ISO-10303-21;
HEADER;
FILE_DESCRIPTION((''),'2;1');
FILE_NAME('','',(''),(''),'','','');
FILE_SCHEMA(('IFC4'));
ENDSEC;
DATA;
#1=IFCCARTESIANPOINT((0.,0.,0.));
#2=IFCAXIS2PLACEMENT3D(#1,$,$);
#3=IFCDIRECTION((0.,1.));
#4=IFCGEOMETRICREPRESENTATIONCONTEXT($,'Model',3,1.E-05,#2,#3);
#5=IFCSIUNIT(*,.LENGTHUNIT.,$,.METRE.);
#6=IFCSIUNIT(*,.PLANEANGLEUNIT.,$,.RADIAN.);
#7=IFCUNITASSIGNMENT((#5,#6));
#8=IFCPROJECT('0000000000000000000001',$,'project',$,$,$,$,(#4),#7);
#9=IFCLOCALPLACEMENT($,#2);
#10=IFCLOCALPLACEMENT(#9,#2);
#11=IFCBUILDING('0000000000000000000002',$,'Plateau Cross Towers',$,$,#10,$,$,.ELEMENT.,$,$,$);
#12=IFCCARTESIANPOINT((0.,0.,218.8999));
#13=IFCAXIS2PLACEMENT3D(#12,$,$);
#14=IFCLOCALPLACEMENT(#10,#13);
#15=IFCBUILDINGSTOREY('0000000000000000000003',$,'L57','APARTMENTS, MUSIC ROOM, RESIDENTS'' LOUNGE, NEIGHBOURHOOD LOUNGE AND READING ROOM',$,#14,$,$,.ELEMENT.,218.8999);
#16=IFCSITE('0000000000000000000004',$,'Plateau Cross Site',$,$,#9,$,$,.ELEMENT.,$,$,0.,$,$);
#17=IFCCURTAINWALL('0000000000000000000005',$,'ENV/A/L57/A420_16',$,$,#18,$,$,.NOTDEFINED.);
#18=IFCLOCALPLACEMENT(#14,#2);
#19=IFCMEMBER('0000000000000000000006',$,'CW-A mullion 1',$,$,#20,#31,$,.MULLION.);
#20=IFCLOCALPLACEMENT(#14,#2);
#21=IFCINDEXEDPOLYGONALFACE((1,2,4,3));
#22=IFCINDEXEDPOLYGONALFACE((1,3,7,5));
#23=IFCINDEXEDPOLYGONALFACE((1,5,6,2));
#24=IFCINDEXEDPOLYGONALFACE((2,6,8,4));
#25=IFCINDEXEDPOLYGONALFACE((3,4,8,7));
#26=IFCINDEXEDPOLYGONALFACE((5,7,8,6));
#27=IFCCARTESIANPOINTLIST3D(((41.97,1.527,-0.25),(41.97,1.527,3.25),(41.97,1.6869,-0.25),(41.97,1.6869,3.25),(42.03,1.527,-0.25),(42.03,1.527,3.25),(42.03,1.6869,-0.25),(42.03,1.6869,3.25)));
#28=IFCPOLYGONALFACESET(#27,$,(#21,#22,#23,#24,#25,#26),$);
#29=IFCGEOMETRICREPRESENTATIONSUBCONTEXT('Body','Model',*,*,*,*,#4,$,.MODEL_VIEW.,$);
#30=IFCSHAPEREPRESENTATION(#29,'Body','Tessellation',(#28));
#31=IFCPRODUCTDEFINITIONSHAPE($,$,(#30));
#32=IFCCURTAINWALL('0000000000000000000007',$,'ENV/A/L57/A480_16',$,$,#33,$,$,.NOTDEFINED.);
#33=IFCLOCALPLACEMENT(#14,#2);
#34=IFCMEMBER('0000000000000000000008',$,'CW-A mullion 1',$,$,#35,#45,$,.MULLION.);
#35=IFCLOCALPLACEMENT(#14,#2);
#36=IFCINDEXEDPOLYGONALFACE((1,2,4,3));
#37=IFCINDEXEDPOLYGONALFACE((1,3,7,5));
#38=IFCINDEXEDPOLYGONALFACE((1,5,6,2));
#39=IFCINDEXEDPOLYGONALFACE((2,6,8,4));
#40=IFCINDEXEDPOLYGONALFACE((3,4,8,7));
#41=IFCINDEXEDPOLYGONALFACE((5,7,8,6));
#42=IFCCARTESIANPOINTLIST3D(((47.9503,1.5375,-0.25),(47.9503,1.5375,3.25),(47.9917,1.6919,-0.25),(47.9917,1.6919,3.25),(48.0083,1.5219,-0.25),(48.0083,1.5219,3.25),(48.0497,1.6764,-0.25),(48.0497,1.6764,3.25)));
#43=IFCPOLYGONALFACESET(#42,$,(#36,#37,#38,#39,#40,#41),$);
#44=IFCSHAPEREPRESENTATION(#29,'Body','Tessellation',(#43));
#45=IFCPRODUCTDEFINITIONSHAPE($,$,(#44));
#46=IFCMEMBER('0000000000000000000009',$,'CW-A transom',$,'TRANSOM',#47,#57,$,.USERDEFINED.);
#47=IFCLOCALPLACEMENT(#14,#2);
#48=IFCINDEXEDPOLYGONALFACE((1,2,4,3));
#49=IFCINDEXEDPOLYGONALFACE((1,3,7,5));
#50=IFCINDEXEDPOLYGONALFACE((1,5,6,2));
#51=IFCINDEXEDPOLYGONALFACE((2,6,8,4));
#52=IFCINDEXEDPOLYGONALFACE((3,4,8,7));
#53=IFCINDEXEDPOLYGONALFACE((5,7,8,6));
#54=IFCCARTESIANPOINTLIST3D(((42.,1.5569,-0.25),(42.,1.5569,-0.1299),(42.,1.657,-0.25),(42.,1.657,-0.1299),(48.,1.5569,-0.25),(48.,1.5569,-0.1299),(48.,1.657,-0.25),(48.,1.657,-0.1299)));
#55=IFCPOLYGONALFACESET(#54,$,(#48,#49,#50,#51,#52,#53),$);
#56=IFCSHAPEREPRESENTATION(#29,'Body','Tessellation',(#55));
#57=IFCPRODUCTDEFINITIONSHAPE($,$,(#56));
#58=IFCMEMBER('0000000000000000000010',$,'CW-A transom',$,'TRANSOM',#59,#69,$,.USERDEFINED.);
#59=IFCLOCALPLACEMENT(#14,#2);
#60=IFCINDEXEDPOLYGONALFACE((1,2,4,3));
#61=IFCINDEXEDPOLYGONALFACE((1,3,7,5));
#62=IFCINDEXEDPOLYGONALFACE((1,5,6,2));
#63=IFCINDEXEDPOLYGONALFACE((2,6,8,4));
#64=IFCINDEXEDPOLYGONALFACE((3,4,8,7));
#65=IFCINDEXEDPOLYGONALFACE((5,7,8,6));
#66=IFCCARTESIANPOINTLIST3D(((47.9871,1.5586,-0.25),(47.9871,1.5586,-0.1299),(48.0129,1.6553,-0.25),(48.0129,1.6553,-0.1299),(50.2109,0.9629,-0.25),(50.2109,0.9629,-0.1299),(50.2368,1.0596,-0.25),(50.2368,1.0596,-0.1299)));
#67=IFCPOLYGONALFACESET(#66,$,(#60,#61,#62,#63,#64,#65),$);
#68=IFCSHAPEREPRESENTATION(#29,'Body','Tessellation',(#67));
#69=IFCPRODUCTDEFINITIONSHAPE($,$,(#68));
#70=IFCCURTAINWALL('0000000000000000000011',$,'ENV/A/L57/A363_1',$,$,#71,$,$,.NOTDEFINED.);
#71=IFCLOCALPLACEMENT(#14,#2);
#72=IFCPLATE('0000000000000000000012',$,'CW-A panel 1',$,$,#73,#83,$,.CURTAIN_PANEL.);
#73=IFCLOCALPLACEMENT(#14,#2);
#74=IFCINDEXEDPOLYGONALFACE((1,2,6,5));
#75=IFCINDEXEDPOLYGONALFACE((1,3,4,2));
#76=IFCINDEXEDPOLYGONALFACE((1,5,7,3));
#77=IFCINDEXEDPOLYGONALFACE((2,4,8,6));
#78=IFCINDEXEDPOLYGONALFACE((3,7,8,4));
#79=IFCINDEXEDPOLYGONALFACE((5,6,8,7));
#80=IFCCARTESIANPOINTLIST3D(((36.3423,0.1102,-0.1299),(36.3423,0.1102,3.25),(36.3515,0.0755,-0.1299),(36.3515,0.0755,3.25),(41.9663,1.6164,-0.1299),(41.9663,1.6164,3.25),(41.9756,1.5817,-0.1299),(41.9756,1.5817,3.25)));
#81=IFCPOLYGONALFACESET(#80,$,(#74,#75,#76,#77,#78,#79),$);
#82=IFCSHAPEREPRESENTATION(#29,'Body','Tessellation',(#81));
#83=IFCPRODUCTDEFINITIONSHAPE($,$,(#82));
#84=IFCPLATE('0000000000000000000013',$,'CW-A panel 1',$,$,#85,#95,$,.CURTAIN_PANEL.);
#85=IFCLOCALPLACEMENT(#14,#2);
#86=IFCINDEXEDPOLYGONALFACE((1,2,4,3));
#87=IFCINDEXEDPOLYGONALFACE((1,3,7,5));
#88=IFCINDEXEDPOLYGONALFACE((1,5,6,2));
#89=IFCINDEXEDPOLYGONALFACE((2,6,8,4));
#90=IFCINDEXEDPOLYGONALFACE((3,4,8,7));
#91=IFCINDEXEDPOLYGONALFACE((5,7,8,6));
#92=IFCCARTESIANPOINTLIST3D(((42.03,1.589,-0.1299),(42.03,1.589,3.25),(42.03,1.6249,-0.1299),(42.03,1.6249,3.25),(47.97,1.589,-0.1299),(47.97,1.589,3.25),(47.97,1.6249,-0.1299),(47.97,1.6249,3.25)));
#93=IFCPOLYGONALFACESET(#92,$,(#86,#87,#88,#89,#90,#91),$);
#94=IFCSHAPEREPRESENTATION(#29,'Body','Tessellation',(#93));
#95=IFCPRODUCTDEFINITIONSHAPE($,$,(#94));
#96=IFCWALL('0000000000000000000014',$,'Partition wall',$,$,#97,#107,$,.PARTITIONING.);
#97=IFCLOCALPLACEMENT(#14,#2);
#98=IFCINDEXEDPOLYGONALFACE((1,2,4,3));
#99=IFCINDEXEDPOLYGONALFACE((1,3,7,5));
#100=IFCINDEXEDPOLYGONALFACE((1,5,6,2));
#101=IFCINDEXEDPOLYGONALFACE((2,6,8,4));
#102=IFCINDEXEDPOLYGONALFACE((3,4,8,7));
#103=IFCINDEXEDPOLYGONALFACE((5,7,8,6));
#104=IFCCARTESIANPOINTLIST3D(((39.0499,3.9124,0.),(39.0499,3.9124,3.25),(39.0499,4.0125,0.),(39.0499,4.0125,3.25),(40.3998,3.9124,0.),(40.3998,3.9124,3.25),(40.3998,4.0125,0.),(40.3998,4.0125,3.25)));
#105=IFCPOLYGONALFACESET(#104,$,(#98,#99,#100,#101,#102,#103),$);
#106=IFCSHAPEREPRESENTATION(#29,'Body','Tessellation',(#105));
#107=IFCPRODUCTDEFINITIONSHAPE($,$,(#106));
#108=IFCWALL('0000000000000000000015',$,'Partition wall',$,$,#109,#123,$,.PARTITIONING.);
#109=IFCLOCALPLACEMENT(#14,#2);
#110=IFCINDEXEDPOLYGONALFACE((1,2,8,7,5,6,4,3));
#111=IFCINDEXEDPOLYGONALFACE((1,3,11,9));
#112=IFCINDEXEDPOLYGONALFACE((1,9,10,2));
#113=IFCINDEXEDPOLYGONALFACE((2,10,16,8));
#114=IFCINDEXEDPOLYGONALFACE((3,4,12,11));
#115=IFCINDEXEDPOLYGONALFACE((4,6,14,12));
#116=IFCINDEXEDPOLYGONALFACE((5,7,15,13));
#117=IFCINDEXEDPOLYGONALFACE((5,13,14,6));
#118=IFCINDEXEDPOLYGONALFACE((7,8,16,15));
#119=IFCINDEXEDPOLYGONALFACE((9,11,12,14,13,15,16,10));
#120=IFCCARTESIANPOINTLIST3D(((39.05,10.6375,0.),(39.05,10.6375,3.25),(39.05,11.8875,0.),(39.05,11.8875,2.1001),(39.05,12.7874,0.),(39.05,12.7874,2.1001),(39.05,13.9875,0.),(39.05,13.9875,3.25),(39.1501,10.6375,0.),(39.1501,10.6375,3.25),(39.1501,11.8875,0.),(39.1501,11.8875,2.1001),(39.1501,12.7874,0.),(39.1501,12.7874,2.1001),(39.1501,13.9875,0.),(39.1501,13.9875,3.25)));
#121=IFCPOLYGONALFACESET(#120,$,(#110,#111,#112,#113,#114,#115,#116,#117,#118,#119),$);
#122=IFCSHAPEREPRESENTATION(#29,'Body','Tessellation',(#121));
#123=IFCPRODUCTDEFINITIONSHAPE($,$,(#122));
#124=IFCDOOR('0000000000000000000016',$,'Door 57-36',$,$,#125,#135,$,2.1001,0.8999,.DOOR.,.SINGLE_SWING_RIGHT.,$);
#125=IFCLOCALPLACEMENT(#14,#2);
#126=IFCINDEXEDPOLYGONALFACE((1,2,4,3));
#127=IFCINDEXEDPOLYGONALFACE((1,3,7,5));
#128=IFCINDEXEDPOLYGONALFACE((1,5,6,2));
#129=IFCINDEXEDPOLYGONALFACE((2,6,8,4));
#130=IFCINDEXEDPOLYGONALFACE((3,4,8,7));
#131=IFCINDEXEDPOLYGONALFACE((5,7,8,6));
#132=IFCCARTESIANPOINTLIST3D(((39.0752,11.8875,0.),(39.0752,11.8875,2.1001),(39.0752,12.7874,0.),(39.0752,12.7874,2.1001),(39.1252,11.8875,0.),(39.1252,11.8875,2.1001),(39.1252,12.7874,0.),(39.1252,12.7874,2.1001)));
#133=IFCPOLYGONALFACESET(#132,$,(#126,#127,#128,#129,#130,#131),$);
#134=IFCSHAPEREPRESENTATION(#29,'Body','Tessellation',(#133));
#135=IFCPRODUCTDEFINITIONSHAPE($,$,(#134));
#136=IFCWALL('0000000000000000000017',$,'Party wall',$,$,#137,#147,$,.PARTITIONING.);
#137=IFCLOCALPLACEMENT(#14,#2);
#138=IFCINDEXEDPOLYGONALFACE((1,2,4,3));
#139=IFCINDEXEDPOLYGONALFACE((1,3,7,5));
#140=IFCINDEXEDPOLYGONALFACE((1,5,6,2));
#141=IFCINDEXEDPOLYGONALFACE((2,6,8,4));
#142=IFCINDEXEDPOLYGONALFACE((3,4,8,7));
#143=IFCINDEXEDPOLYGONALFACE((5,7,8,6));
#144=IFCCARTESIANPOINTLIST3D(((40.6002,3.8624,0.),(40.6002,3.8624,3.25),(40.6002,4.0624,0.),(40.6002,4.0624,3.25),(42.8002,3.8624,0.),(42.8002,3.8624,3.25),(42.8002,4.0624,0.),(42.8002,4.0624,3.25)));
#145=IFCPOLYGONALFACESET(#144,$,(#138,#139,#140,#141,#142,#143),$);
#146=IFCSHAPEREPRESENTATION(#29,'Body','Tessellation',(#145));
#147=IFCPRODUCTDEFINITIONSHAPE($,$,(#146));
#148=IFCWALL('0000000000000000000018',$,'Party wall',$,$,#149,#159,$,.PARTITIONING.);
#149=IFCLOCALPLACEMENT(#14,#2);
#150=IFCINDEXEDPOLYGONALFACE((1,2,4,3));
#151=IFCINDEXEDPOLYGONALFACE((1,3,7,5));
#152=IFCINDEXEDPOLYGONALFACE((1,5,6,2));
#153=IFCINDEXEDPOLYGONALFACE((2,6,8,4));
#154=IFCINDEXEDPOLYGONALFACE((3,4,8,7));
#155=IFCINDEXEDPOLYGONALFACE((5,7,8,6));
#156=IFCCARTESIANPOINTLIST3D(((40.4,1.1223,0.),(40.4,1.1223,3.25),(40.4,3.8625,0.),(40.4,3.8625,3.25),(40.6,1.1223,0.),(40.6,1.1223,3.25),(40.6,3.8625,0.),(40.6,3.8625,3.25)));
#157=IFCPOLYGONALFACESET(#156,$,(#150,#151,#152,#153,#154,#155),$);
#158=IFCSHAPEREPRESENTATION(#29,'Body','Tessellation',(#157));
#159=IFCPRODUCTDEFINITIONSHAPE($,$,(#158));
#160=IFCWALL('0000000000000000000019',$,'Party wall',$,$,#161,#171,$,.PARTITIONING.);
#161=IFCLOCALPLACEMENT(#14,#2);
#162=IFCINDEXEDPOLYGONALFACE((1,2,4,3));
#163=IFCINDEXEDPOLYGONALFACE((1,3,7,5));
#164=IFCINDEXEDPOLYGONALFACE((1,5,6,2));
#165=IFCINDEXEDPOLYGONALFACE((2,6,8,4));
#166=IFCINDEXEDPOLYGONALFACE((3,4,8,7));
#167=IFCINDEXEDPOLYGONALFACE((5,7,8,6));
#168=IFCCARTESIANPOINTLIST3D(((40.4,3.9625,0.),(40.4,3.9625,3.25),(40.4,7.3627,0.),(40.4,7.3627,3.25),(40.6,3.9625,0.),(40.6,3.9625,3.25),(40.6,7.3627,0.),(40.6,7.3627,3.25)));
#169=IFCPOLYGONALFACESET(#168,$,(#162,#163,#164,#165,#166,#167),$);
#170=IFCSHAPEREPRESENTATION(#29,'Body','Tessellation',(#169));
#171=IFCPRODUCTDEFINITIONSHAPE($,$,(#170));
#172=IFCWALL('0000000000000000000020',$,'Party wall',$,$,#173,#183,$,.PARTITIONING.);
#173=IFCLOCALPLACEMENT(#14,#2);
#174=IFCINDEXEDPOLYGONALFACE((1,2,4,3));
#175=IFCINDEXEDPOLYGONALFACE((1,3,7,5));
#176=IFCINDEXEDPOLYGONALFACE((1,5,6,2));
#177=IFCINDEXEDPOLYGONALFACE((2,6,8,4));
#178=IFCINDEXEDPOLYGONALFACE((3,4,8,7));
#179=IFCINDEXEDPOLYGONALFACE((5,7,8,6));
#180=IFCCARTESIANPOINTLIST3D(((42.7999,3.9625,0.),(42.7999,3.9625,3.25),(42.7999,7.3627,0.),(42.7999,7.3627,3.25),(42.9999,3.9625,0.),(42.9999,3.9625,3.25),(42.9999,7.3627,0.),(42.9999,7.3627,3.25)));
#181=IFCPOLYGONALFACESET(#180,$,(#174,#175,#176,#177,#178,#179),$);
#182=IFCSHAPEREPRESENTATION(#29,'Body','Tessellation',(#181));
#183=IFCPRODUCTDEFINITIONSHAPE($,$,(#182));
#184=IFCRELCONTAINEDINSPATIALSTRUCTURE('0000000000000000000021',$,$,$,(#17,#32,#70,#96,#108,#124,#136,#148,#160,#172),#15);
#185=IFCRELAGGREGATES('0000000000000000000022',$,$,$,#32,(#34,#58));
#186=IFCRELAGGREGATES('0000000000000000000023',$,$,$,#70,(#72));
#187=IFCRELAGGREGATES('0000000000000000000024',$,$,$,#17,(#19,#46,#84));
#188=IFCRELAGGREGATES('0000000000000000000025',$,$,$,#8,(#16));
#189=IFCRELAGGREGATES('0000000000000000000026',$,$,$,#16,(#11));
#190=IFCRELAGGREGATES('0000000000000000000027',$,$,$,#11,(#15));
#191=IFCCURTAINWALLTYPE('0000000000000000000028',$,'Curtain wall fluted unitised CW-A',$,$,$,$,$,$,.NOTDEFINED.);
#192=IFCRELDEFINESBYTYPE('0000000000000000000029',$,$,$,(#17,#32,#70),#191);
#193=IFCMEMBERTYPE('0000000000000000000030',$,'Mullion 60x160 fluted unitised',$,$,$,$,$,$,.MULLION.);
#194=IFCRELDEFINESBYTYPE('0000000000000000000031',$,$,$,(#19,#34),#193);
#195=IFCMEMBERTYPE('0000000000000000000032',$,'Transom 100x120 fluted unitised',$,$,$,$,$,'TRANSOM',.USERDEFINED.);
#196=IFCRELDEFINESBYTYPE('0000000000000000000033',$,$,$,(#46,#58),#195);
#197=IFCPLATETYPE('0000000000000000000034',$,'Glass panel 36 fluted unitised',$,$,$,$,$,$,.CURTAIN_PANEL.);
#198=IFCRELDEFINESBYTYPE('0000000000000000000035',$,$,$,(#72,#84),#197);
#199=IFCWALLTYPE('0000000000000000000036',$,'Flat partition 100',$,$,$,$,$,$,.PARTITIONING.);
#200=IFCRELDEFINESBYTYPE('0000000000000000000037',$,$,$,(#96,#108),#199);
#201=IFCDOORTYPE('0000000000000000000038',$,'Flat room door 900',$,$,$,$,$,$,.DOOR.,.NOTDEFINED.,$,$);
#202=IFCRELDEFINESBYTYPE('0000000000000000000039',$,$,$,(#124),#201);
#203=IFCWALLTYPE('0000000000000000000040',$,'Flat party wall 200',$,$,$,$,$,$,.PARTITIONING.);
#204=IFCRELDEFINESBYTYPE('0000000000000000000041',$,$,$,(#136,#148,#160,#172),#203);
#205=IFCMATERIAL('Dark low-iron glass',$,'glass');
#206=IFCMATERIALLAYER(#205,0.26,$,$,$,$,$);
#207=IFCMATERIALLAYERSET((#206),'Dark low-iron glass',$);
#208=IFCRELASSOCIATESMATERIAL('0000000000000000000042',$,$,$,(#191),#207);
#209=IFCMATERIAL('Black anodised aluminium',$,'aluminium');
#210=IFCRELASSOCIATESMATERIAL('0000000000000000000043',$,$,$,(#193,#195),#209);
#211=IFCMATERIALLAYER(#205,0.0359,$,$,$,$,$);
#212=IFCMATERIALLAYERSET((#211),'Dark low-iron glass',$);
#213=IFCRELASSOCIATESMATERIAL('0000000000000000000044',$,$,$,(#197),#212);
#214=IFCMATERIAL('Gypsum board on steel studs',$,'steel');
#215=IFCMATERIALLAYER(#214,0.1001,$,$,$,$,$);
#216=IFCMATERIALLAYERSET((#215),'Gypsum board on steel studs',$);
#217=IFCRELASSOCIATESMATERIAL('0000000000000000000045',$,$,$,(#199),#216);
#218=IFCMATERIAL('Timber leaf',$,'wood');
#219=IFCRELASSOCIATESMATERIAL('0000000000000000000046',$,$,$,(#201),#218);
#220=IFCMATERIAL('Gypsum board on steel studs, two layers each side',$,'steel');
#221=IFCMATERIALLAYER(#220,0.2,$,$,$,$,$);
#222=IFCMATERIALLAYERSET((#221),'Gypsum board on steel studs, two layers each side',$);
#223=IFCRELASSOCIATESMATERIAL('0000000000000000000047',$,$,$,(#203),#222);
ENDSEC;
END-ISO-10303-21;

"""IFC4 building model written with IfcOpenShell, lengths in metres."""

from ifc_helpers import new_model, si_unit, direction, frame, frame_2d, origin, origin_2d, place, context, subcontext, project, spatial, rectangle, extrude, material, layer, layer_set, material_profile, profile_set, type_object, element, fill, aggregate, save


model = new_model("IFC4")

# Units and contexts
model_context = context("Model", 3, precision=1e-05, world=origin(), true_north=direction((0.0, 1.0)))
body_context = subcontext(model_context, "Body", "Model", "MODEL_VIEW")
ifc_project = project(units=[si_unit("LENGTHUNIT", "METRE"), si_unit("PLANEANGLEUNIT", "RADIAN")], contexts=[model_context])

# Site, building, storey
site_placement = place(None, origin())
site = spatial("IfcSite", under=ifc_project, at=site_placement, Name="Plateau Cross Site", CompositionType="ELEMENT", RefElevation=0.0)
building_placement = place(site_placement, origin())
building = spatial("IfcBuilding", under=site, at=building_placement, Name="Plateau Cross Towers", CompositionType="ELEMENT")
storey_placement = place(building_placement, frame((0.0, 0.0, 218.8999)))
storey = spatial("IfcBuildingStorey", under=building, at=storey_placement, Name="L57", Description="APARTMENTS, MUSIC ROOM, RESIDENTS' LOUNGE, NEIGHBOURHOOD LOUNGE AND READING ROOM", CompositionType="ELEMENT", Elevation=218.8999)

# Curtain walls, members
ifc_material_1 = material(Name="Dark low-iron glass", Category="glass")
ifc_layer_1 = layer(ifc_material_1, 0.26)
ifc_layer_set_1 = layer_set([ifc_layer_1], Name="Dark low-iron glass")
curtain_wall_type = type_object("IfcCurtainWallType", Name="Curtain wall fluted unitised CW-A", PredefinedType="NOTDEFINED", material=ifc_layer_set_1)
curtain_wall_1_placement = place(storey_placement, origin())
curtain_wall_1 = element("IfcCurtainWall", 1, at=curtain_wall_1_placement, inside=storey, type_object=curtain_wall_type, Name="ENV/A/L57/A420_16", PredefinedType="NOTDEFINED")
ifc_material_2 = material(Name="Black anodised aluminium", Category="aluminium")
ifc_material_profile_1 = material_profile(ifc_material_2, rectangle(XDim=0.0601, YDim=0.1599, at=origin_2d()), Name="MULLION 60x160")
ifc_profile_set_1 = profile_set([ifc_material_profile_1], Name="Black anodised aluminium")
member_type_1 = type_object("IfcMemberType", Name="Mullion 60x160 fluted unitised", PredefinedType="MULLION", material=ifc_profile_set_1)
member_1_placement = place(storey_placement, frame((42.0, 1.6069, -0.25), z_axis=(0.0, 0.0, 1.0), x_axis=(1.0, 0.0, 0.0)))
member_1 = element("IfcMember", 2, at=member_1_placement, type_object=member_type_1, Name="CW-A mullion 1", PredefinedType="MULLION", context=body_context, shape_type="SweptSolid", body=[
    extrude(rectangle(XDim=0.0601, YDim=0.1599, at=origin_2d()), origin(), (0.0, 0.0, 1.0), 3.5),
])
curtain_wall_2_placement = place(storey_placement, origin())
curtain_wall_2 = element("IfcCurtainWall", 3, at=curtain_wall_2_placement, inside=storey, type_object=curtain_wall_type, Name="ENV/A/L57/A480_16", PredefinedType="NOTDEFINED")
member_2_placement = place(storey_placement, frame((48.0, 1.6069, -0.25), z_axis=(0.0, 0.0, 1.0), x_axis=(0.965958, -0.258699, 0.0)))
member_2 = element("IfcMember", 4, at=member_2_placement, type_object=member_type_1, Name="CW-A mullion 1", PredefinedType="MULLION", context=body_context, shape_type="SweptSolid", body=[
    extrude(rectangle(XDim=0.0601, YDim=0.1599, at=origin_2d()), origin(), (0.0, 0.0, 1.0), 3.5),
])

# Members
ifc_material_profile_2 = material_profile(ifc_material_2, rectangle(XDim=0.1001, YDim=0.1201, at=origin_2d()), Name="TRANSOM 100x120")
ifc_profile_set_2 = profile_set([ifc_material_profile_2], Name="Black anodised aluminium")
member_type_2 = type_object("IfcMemberType", Name="Transom 100x120 fluted unitised", ElementType="TRANSOM", PredefinedType="USERDEFINED", material=ifc_profile_set_2)
member_3_placement = place(storey_placement, frame((42.0, 1.6069, -0.1899), z_axis=(1.0, 0.0, 0.0), x_axis=(0.0, 1.0, 0.0)))
member_3 = element("IfcMember", 5, at=member_3_placement, type_object=member_type_2, Name="CW-A transom", ObjectType="TRANSOM", PredefinedType="USERDEFINED", context=body_context, shape_type="SweptSolid", body=[
    extrude(rectangle(XDim=0.1001, YDim=0.1201, at=origin_2d()), origin(), (0.0, 0.0, 1.0), 6.0),
])
member_4_placement = place(storey_placement, frame((48.0, 1.6069, -0.1899), z_axis=(0.965946, -0.258745, 0.0), x_axis=(0.258745, 0.965946, 0.0)))
member_4 = element("IfcMember", 6, at=member_4_placement, type_object=member_type_2, Name="CW-A transom", ObjectType="TRANSOM", PredefinedType="USERDEFINED", context=body_context, shape_type="SweptSolid", body=[
    extrude(rectangle(XDim=0.1001, YDim=0.1201, at=origin_2d()), origin(), (0.0, 0.0, 1.0), 2.3022),
])
aggregate(curtain_wall_2, [member_2, member_4])

# Curtain wall, plate
curtain_wall_3_placement = place(storey_placement, origin())
curtain_wall_3 = element("IfcCurtainWall", 7, at=curtain_wall_3_placement, inside=storey, type_object=curtain_wall_type, Name="ENV/A/L57/A363_1", PredefinedType="NOTDEFINED")
ifc_layer_2 = layer(ifc_material_1, 0.0359)
ifc_layer_set_2 = layer_set([ifc_layer_2], Name="Dark low-iron glass")
plate_type = type_object("IfcPlateType", Name="Glass panel 36 fluted unitised", PredefinedType="CURTAIN_PANEL", material=ifc_layer_set_2)
plate_1_placement = place(storey_placement, frame((39.1589, 0.8459, -0.1299), z_axis=(0.0, 0.0, 1.0), x_axis=(0.965958, 0.258699, 0.0)))
plate_1 = element("IfcPlate", 8, at=plate_1_placement, type_object=plate_type, Name="CW-A panel 1", PredefinedType="CURTAIN_PANEL", context=body_context, shape_type="SweptSolid", body=[
    extrude(rectangle(XDim=5.8223, YDim=0.0359, at=origin_2d()), origin(), (0.0, 0.0, 1.0), 3.3799),
])
aggregate(curtain_wall_3, [plate_1])

# Plate
plate_2_placement = place(storey_placement, frame((45.0, 1.6069, -0.1299), z_axis=(0.0, 0.0, 1.0), x_axis=(1.0, 0.0, 0.0)))
plate_2 = element("IfcPlate", 9, at=plate_2_placement, type_object=plate_type, Name="CW-A panel 1", PredefinedType="CURTAIN_PANEL", context=body_context, shape_type="SweptSolid", body=[
    extrude(rectangle(XDim=5.9399, YDim=0.0359, at=origin_2d()), origin(), (0.0, 0.0, 1.0), 3.3799),
])
aggregate(curtain_wall_1, [member_1, member_3, plate_2])

# Wall
ifc_material_3 = material(Name="Gypsum board on steel studs", Category="steel")
ifc_layer_3 = layer(ifc_material_3, 0.1001)
ifc_layer_set_3 = layer_set([ifc_layer_3], Name="Gypsum board on steel studs")
wall_type_1 = type_object("IfcWallType", Name="Flat partition 100", PredefinedType="PARTITIONING", material=ifc_layer_set_3)
wall_1_placement = place(storey_placement, frame((39.05, 3.9624, 0.0), z_axis=(0.0, 0.0, 1.0), x_axis=(1.0, 0.0, 0.0)))
element("IfcWall", 10, at=wall_1_placement, inside=storey, type_object=wall_type_1, Name="Partition wall", PredefinedType="PARTITIONING", context=body_context, shape_type="SweptSolid", body=[
    extrude(rectangle(XDim=1.3499, YDim=0.1001, at=frame_2d((0.6748, 0.0))), origin(), (0.0, 0.0, 1.0), 3.25),
])

# Wall, opening, door
wall_2_placement = place(storey_placement, frame((39.1001, 10.6375, 0.0), z_axis=(0.0, 0.0, 1.0), x_axis=(0.0, 1.0, 0.0)))
wall_2 = element("IfcWall", 11, at=wall_2_placement, inside=storey, type_object=wall_type_1, Name="Partition wall", PredefinedType="PARTITIONING", context=body_context, shape_type="SweptSolid", body=[
    extrude(rectangle(XDim=3.3501, YDim=0.1001, at=frame_2d((1.675, 0.0))), origin(), (0.0, 0.0, 1.0), 3.25),
])
opening_1_placement = place(wall_2_placement, frame((1.25, 0.0, 0.0)))
opening_1 = element("IfcOpeningElement", 12, at=opening_1_placement, cuts=wall_2, PredefinedType="OPENING", context=body_context, shape_type="SweptSolid", body=[
    extrude(rectangle(XDim=0.8999, YDim=2.1001, at=frame_2d((0.45, 1.05))), frame((0.0, 0.0601, 0.0), z_axis=(0.0, -1.0, 0.0), x_axis=(1.0, 0.0, 0.0)), (0.0, 0.0, 1.0), 0.1201),
])
ifc_material_4 = material(Name="Timber leaf", Category="wood")
door_type_1 = type_object("IfcDoorType", Name="Flat room door 900", OperationType="NOTDEFINED", PredefinedType="DOOR", material=ifc_material_4)
door_1_placement = place(opening_1_placement, origin())
door_1 = element("IfcDoor", 13, at=door_1_placement, inside=storey, type_object=door_type_1, Name="Door 57-36", OperationType="SINGLE_SWING_RIGHT", OverallHeight=2.1001, OverallWidth=0.8999, PredefinedType="DOOR", context=body_context, shape_type="SweptSolid", body=[
    extrude(rectangle(XDim=0.8999, YDim=2.1001, at=frame_2d((0.45, 1.05))), frame((0.0, 0.0249, 0.0), z_axis=(0.0, -1.0, 0.0), x_axis=(1.0, 0.0, 0.0)), (0.0, 0.0, 1.0), 0.05),
])
fill(opening_1, door_1)

# Walls
ifc_material_5 = material(Name="Gypsum board on steel studs, two layers each side", Category="steel")
ifc_layer_4 = layer(ifc_material_5, 0.2)
ifc_layer_set_4 = layer_set([ifc_layer_4], Name="Gypsum board on steel studs, two layers each side")
wall_type_2 = type_object("IfcWallType", Name="Flat party wall 200", PredefinedType="PARTITIONING", material=ifc_layer_set_4)
wall_3_placement = place(storey_placement, frame((40.6001, 3.9624, 0.0), z_axis=(0.0, 0.0, 1.0), x_axis=(1.0, 0.0, 0.0)))
element("IfcWall", 14, at=wall_3_placement, inside=storey, type_object=wall_type_2, Name="Party wall", PredefinedType="PARTITIONING", context=body_context, shape_type="SweptSolid", body=[
    extrude(rectangle(XDim=2.2, YDim=0.2, at=frame_2d((1.1001, 0.0))), origin(), (0.0, 0.0, 1.0), 3.25),
])
wall_4_placement = place(storey_placement, frame((40.5, 3.8625, 0.0), z_axis=(0.0, 0.0, 1.0), x_axis=(0.0, -1.0, 0.0)))
element("IfcWall", 15, at=wall_4_placement, inside=storey, type_object=wall_type_2, Name="Party wall", PredefinedType="PARTITIONING", context=body_context, shape_type="SweptSolid", body=[
    extrude(rectangle(XDim=2.7402, YDim=0.2, at=frame_2d((1.3701, 0.0))), origin(), (0.0, 0.0, 1.0), 3.25),
])
for number, where, z_axis, x_axis, name in (
    (16, (40.5, 3.9624, 0.0), (0.0, 0.0, 1.0), (0.0, 1.0, 0.0), "Party wall"),
    (17, (42.8999, 3.9624, 0.0), (0.0, 0.0, 1.0), (0.0, 1.0, 0.0), "Party wall"),
):
    element("IfcWall", number, at=place(storey_placement, frame(where, z_axis=z_axis, x_axis=x_axis)), inside=storey, type_object=wall_type_2, Name=name, PredefinedType="PARTITIONING", context=body_context, shape_type="SweptSolid", body=[
        extrude(rectangle(XDim=3.4001, YDim=0.2, at=frame_2d((1.7002, 0.0))), origin(), (0.0, 0.0, 1.0), 3.25),
    ])

save(model, "model.ifc")
